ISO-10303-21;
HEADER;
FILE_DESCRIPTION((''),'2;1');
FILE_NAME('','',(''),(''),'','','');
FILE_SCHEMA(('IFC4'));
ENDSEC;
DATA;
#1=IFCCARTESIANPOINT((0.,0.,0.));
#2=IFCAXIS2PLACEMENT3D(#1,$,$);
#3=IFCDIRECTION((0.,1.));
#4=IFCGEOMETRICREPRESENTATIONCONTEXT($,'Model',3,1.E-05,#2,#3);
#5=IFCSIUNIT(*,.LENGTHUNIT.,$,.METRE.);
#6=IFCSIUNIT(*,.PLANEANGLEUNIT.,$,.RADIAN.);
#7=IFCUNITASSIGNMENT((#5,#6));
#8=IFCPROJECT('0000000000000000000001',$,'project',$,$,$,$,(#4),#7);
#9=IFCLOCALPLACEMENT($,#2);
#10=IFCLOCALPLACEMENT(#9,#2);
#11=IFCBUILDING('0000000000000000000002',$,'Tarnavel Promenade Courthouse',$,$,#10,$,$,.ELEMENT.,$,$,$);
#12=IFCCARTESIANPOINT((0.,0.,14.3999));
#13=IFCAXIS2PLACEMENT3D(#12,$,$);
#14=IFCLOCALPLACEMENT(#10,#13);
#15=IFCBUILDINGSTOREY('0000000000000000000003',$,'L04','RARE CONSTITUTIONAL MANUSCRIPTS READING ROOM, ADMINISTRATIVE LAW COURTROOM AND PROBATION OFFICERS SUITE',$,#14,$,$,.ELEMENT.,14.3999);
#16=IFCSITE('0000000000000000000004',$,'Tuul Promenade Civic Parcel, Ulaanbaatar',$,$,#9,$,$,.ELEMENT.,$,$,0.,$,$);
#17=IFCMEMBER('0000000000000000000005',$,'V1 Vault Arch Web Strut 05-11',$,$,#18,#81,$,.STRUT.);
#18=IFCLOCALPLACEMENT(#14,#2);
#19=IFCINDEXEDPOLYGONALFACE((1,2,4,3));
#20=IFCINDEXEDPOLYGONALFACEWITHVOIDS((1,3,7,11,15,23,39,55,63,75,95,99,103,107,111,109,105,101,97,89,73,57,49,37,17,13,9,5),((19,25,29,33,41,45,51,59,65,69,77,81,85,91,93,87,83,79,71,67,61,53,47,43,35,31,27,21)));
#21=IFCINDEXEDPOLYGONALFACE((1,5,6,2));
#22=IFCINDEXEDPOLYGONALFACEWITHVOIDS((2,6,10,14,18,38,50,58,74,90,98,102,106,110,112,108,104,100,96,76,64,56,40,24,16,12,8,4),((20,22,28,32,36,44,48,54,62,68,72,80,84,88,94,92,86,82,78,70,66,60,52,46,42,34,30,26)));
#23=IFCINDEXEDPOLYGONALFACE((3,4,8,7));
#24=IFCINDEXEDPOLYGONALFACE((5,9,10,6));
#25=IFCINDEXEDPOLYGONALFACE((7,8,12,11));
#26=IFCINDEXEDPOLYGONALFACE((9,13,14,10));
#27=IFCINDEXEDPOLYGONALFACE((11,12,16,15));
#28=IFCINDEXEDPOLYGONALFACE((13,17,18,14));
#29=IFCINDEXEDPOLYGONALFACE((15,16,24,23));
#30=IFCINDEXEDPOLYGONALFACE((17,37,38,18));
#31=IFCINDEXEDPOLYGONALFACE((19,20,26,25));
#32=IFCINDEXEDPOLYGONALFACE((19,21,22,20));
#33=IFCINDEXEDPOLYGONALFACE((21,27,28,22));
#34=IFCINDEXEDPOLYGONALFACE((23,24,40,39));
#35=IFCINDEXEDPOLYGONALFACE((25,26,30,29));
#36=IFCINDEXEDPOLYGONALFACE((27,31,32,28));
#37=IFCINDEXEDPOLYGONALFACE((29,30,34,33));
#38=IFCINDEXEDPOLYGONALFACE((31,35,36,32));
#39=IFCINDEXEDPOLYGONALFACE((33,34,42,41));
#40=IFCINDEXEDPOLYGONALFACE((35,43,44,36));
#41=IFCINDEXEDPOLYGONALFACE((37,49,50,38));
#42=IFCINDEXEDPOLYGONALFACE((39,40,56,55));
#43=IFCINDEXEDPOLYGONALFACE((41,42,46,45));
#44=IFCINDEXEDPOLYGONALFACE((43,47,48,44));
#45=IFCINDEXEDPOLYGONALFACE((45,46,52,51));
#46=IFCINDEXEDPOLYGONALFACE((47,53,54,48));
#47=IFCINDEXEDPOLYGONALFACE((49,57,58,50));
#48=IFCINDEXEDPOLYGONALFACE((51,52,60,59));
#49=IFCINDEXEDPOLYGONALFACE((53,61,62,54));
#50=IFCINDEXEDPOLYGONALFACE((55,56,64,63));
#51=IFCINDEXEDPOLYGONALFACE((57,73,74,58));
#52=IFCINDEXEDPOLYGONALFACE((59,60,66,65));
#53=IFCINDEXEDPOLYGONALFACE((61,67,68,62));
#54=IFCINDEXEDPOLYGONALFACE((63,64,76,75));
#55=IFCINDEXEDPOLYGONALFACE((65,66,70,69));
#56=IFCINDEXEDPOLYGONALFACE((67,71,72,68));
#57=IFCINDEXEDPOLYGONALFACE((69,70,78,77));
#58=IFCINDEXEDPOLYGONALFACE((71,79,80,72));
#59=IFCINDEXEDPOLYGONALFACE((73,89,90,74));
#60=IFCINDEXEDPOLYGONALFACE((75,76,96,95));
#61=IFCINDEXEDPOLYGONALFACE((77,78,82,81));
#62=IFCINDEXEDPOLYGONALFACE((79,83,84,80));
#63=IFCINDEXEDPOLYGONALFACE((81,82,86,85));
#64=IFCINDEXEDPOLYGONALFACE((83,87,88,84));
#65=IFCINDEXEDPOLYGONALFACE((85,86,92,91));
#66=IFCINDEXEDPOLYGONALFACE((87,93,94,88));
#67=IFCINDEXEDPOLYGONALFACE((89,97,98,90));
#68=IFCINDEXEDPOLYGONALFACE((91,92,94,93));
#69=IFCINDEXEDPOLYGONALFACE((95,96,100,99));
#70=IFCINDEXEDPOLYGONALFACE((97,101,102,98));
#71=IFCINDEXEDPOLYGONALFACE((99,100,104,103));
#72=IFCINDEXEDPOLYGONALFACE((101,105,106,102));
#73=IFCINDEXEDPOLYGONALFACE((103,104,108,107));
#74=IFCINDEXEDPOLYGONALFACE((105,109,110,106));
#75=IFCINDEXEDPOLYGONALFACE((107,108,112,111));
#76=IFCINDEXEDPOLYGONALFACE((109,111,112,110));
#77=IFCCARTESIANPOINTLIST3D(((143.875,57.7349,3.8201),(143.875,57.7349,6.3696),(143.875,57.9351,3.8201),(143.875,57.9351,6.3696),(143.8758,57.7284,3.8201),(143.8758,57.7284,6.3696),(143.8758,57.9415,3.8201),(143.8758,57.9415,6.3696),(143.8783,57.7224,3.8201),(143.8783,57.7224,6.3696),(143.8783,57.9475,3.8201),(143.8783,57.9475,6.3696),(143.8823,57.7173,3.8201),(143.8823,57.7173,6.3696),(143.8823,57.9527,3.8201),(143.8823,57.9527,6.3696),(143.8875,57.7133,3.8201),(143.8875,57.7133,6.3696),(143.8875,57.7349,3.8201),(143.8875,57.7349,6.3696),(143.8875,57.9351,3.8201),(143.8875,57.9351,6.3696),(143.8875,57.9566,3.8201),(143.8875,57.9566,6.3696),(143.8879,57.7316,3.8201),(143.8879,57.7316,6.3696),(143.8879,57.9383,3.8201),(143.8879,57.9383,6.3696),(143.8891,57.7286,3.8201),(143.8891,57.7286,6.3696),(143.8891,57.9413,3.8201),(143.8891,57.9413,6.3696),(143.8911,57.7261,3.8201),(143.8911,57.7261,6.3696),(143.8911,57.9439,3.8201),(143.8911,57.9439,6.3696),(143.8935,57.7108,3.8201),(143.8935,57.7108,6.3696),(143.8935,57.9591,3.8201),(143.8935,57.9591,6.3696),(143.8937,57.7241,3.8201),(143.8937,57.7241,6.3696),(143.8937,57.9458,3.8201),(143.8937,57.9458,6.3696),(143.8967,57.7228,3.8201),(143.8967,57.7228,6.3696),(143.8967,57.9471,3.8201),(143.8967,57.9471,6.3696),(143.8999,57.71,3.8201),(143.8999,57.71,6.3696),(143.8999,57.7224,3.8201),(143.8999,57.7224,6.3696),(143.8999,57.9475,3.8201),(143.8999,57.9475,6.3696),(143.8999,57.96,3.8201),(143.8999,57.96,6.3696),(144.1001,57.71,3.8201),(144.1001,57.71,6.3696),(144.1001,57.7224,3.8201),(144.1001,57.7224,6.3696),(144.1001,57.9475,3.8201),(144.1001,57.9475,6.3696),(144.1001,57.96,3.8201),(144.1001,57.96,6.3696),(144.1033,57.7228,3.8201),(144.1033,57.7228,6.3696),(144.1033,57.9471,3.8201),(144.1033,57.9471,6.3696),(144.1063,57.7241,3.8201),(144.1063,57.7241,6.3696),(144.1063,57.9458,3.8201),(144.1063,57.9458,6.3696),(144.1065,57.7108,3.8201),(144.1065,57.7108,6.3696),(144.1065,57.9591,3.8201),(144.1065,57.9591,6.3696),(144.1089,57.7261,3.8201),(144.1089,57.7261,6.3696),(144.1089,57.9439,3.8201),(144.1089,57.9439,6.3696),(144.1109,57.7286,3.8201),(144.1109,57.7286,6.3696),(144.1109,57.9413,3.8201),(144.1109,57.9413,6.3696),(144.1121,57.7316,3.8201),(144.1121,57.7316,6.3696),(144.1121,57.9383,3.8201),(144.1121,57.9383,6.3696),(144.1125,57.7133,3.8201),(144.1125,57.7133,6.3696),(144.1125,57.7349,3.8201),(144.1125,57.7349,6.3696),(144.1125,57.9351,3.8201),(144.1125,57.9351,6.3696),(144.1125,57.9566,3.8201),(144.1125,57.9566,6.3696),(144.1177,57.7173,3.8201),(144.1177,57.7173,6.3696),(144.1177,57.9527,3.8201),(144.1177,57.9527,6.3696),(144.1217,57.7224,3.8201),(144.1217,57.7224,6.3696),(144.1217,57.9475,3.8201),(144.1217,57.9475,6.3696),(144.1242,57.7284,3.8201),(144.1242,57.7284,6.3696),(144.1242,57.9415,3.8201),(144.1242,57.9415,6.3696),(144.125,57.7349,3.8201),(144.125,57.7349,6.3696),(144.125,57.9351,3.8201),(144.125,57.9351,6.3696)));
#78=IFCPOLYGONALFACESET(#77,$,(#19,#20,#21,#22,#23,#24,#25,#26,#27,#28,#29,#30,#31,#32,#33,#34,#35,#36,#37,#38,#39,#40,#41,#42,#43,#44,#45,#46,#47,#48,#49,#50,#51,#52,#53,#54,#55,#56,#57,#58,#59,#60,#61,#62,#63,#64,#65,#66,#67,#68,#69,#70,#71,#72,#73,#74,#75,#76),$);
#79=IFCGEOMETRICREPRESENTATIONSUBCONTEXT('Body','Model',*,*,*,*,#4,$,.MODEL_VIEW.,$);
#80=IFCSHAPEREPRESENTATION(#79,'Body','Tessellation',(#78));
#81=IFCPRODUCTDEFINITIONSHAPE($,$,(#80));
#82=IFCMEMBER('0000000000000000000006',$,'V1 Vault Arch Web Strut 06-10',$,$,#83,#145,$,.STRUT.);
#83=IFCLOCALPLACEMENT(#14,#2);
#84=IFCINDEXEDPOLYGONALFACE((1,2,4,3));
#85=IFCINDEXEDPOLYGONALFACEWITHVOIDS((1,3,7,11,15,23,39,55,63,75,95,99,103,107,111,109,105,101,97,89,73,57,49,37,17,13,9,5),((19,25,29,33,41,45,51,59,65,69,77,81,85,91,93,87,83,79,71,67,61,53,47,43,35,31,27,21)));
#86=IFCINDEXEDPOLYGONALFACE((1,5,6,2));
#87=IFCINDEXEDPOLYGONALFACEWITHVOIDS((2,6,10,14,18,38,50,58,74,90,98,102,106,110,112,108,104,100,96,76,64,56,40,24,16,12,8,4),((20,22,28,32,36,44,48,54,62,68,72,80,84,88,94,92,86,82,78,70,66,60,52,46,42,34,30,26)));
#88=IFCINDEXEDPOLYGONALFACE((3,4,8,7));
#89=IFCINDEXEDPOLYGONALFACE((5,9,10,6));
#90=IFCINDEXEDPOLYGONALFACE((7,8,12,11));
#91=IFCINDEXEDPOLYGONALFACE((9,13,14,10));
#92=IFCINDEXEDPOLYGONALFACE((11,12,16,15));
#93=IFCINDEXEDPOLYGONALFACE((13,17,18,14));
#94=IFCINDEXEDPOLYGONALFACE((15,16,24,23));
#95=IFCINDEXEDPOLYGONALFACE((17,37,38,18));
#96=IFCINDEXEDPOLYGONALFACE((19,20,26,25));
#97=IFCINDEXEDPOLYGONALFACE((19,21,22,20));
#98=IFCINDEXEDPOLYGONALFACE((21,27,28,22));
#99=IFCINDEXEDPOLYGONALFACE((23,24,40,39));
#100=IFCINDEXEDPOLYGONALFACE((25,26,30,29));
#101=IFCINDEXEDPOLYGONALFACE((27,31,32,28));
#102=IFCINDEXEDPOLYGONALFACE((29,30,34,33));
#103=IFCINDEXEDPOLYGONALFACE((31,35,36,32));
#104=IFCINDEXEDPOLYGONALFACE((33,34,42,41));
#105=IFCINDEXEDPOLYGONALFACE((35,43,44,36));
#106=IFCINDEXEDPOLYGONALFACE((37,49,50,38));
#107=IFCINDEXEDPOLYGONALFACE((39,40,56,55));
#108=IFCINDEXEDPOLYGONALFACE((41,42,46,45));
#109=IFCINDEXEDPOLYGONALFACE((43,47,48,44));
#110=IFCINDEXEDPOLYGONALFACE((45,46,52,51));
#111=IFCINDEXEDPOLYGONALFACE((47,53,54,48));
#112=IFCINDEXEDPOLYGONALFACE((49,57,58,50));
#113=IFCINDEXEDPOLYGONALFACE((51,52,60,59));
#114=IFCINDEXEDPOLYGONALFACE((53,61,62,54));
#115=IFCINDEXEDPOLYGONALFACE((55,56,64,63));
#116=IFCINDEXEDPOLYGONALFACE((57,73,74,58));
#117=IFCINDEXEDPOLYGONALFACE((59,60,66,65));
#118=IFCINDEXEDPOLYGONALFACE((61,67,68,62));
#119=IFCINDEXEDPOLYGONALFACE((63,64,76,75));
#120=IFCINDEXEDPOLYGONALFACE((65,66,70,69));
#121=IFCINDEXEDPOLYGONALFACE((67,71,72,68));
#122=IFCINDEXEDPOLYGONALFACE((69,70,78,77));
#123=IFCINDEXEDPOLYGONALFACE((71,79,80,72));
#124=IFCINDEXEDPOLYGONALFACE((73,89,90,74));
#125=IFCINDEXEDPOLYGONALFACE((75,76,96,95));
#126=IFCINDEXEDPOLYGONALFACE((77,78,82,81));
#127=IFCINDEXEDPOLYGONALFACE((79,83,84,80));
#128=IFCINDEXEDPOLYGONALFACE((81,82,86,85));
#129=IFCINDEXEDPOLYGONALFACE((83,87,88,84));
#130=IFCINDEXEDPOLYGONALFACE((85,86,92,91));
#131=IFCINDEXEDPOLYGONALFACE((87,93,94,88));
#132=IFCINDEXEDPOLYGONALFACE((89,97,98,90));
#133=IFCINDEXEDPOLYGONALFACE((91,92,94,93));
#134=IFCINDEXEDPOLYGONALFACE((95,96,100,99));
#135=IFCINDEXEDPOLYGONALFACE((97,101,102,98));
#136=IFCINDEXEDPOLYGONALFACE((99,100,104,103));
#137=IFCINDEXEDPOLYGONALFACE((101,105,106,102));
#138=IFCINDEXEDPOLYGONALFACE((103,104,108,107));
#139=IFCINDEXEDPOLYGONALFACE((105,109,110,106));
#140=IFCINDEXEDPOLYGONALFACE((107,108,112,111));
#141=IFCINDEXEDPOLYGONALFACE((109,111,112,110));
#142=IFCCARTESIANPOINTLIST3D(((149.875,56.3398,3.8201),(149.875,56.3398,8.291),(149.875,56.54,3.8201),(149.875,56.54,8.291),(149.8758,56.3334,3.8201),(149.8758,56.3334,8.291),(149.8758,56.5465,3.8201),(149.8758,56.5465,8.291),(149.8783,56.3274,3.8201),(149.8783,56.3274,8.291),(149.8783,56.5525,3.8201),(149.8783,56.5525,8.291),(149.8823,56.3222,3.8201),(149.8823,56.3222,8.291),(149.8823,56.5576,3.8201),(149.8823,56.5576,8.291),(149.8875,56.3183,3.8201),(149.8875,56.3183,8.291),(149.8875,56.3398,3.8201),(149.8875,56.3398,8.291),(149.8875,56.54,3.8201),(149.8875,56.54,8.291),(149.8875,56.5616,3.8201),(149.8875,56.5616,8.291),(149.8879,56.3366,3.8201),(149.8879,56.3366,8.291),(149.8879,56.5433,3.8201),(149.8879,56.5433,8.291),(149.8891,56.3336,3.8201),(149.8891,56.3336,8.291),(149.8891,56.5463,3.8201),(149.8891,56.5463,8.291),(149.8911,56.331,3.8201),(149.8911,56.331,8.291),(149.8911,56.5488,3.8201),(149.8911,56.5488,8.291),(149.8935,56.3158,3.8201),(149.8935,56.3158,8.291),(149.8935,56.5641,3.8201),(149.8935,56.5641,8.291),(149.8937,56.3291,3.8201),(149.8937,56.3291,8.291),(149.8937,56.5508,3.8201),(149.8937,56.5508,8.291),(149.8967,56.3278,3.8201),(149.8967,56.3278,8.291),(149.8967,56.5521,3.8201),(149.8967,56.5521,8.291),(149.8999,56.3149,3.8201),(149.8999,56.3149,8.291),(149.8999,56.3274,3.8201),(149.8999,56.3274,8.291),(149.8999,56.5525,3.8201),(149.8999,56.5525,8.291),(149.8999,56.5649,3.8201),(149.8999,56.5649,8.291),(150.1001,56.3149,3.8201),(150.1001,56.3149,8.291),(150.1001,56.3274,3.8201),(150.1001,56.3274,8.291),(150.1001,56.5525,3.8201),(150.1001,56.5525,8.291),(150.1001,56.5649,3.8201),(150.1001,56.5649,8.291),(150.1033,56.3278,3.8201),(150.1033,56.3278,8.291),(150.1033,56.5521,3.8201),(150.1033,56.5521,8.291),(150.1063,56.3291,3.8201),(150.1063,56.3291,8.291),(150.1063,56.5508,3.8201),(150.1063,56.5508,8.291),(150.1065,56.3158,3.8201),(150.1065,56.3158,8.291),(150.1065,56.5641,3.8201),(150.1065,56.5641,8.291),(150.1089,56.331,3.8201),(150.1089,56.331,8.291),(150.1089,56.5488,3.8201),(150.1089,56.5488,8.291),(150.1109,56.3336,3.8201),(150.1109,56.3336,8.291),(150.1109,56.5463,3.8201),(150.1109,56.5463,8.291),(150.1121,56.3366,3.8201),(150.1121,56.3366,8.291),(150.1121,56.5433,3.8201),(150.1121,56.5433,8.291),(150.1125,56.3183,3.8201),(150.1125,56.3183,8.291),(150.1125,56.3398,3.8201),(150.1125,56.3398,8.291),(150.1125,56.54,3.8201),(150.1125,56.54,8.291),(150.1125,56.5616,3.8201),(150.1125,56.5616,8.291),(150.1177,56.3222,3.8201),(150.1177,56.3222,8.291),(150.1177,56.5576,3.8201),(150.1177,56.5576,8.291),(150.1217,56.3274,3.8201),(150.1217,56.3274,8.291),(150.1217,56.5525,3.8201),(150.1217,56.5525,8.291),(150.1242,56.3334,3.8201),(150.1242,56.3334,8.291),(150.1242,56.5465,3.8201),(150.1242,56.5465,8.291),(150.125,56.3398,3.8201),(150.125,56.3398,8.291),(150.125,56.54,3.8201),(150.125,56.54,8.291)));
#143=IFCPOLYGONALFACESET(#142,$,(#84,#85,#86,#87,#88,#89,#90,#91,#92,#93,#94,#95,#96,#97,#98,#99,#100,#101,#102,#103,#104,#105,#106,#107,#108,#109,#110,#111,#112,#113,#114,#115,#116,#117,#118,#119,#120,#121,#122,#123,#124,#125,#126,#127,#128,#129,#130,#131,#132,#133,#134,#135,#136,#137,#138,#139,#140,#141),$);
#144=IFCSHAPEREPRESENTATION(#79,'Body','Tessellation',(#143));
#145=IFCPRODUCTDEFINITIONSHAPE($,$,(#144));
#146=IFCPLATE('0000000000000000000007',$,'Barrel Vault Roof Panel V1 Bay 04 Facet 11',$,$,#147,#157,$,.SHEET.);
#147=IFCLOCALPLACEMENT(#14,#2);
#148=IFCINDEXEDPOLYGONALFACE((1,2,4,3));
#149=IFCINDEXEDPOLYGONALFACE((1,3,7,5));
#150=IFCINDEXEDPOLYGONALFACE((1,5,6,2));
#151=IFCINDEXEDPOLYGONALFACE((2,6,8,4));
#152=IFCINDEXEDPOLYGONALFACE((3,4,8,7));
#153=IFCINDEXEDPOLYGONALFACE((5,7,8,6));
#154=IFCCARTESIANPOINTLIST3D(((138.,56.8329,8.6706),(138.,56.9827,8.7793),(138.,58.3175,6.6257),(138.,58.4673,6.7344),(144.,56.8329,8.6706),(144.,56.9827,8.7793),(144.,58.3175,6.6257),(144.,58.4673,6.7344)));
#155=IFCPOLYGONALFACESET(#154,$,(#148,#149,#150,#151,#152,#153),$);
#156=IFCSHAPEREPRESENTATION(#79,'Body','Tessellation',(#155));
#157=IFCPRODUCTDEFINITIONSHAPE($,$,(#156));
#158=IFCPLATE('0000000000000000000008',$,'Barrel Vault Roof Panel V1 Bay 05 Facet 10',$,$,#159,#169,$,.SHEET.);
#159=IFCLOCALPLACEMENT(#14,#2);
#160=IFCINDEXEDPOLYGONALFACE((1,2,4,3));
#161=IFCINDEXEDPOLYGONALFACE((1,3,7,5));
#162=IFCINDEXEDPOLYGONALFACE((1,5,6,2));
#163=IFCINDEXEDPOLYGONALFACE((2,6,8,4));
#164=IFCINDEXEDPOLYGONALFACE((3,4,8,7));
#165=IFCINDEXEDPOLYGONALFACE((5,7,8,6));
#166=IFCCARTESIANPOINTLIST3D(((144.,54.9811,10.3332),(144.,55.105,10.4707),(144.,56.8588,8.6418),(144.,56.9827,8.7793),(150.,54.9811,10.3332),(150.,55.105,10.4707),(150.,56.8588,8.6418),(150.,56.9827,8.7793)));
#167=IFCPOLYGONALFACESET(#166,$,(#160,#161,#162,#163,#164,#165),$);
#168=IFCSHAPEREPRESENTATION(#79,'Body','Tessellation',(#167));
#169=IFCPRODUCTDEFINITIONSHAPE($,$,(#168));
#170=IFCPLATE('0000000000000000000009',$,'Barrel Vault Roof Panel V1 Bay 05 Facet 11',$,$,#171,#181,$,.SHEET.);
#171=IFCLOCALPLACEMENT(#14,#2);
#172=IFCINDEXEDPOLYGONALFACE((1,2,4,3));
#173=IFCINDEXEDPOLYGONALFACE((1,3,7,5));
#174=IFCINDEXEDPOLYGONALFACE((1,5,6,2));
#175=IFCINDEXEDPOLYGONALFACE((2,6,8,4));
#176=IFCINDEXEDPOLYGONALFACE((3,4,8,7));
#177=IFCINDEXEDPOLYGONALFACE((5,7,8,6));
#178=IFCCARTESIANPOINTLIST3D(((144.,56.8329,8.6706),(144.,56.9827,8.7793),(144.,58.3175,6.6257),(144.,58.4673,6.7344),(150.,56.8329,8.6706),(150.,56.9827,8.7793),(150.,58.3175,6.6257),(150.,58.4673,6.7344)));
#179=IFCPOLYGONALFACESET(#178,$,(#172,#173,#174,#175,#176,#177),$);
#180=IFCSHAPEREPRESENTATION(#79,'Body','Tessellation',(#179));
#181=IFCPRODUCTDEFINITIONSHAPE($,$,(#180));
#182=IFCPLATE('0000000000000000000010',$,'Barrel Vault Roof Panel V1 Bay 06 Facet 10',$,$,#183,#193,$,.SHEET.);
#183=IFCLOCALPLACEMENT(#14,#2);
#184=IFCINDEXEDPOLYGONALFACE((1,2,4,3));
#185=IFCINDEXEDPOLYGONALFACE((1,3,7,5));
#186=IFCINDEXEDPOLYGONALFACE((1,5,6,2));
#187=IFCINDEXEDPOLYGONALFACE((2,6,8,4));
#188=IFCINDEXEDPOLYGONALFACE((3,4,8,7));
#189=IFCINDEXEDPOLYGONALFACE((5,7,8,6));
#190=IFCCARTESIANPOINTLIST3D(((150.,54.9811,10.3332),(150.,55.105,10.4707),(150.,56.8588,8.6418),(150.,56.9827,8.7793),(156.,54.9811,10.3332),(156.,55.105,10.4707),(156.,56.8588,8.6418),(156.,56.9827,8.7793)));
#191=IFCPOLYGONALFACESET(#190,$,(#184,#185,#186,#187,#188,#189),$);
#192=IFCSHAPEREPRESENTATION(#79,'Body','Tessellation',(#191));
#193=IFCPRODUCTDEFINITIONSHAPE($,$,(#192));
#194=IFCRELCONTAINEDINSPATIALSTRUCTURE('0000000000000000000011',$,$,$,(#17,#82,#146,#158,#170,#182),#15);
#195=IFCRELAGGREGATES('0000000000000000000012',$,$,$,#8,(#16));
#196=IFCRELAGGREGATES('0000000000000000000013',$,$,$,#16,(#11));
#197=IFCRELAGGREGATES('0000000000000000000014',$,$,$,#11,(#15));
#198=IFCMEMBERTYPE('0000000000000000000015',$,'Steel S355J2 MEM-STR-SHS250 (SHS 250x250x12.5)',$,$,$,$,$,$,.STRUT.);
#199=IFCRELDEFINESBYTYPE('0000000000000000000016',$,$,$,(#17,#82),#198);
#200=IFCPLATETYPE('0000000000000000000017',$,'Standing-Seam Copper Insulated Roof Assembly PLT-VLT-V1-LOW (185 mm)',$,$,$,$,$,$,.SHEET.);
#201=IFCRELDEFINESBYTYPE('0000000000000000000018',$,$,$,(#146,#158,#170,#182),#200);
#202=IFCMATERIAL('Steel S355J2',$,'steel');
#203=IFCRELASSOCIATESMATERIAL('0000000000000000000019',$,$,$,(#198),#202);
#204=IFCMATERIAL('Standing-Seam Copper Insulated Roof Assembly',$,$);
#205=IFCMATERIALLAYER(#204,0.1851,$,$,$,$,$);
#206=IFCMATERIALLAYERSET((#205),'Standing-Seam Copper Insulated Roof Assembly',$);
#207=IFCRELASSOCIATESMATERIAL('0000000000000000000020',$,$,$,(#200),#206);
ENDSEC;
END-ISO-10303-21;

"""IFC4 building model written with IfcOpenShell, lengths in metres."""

from ifc_helpers import new_model, si_unit, direction, frame, origin, origin_2d, place, context, subcontext, project, spatial, polyline, hollow_rectangle, outline, extrude, material, layer, layer_set, material_profile, profile_set, type_object, element, save


model = new_model("IFC4")

# Units and contexts
model_context = context("Model", 3, precision=1e-05, world=origin(), true_north=direction((0.0, 1.0)))
body_context = subcontext(model_context, "Body", "Model", "MODEL_VIEW")
ifc_project = project(units=[si_unit("LENGTHUNIT", "METRE"), si_unit("PLANEANGLEUNIT", "RADIAN")], contexts=[model_context])

# Site, building, storey
site_placement = place(None, origin())
site = spatial("IfcSite", under=ifc_project, at=site_placement, Name="Tuul Promenade Civic Parcel, Ulaanbaatar", CompositionType="ELEMENT", RefElevation=0.0)
building_placement = place(site_placement, origin())
building = spatial("IfcBuilding", under=site, at=building_placement, Name="Tarnavel Promenade Courthouse", CompositionType="ELEMENT")
storey_placement = place(building_placement, frame((0.0, 0.0, 14.3999)))
storey = spatial("IfcBuildingStorey", under=building, at=storey_placement, Name="L04", Description="RARE CONSTITUTIONAL MANUSCRIPTS READING ROOM, ADMINISTRATIVE LAW COURTROOM AND PROBATION OFFICERS SUITE", CompositionType="ELEMENT", Elevation=14.3999)

# Shared definitions
ifc_material_1 = material(Name="Steel S355J2", Category="steel")

# Members
ifc_material_profile_1 = material_profile(ifc_material_1, hollow_rectangle(XDim=0.25, YDim=0.25, WallThickness=0.0125, InnerFilletRadius=0.0125, OuterFilletRadius=0.0249, at=origin_2d()), Name="SHS 250x250x12.5")
ifc_profile_set_1 = profile_set([ifc_material_profile_1], Name="Steel S355J2")
member_type_1 = type_object("IfcMemberType", Name="Steel S355J2 MEM-STR-SHS250 (SHS 250x250x12.5)", PredefinedType="STRUT", material=ifc_profile_set_1)
member_1_placement = place(storey_placement, frame((144.0, 57.835, 3.8201), z_axis=(0.0, 0.0, 1.0), x_axis=(1.0, 0.0, 0.0)))
element("IfcMember", 1, at=member_1_placement, inside=storey, type_object=member_type_1, Name="V1 Vault Arch Web Strut 05-11", PredefinedType="STRUT", context=body_context, shape_type="SweptSolid", body=[
    extrude(hollow_rectangle(XDim=0.25, YDim=0.25, WallThickness=0.0125, InnerFilletRadius=0.0125, OuterFilletRadius=0.0249, at=origin_2d()), origin(), (0.0, 0.0, 1.0), 2.5496),
])
member_2_placement = place(storey_placement, frame((150.0, 56.4399, 3.8201), z_axis=(0.0, 0.0, 1.0), x_axis=(1.0, 0.0, 0.0)))
element("IfcMember", 2, at=member_2_placement, inside=storey, type_object=member_type_1, Name="V1 Vault Arch Web Strut 06-10", PredefinedType="STRUT", context=body_context, shape_type="SweptSolid", body=[
    extrude(hollow_rectangle(XDim=0.25, YDim=0.25, WallThickness=0.0125, InnerFilletRadius=0.0125, OuterFilletRadius=0.0249, at=origin_2d()), origin(), (0.0, 0.0, 1.0), 4.4709),
])

# Plates
ifc_material_2 = material(Name="Standing-Seam Copper Insulated Roof Assembly")
ifc_layer = layer(ifc_material_2, 0.1851)
ifc_layer_set = layer_set([ifc_layer], Name="Standing-Seam Copper Insulated Roof Assembly")
plate_type = type_object("IfcPlateType", Name="Standing-Seam Copper Insulated Roof Assembly PLT-VLT-V1-LOW (185 mm)", PredefinedType="SHEET", material=ifc_layer_set)
plate_1_placement = place(storey_placement, frame((138.0, 56.9827, 8.7793), z_axis=(0.0, 0.809225, 0.587499), x_axis=(1.0, 0.0, 0.0)))
element("IfcPlate", 3, at=plate_1_placement, inside=storey, type_object=plate_type, Name="Barrel Vault Roof Panel V1 Bay 04 Facet 11", PredefinedType="SHEET", context=body_context, shape_type="SweptSolid", body=[
    extrude(outline(polyline([(0.0, 0.0), (6.0, 0.0), (6.0, 2.527), (0.0, 2.527), (0.0, 0.0)])), origin(), (0.0, 0.0, -1.0), 0.1851),
])
plate_2_placement = place(storey_placement, frame((144.0, 55.105, 10.4707), z_axis=(0.0, 0.66929, 0.743001), x_axis=(1.0, 0.0, 0.0)))
element("IfcPlate", 4, at=plate_2_placement, inside=storey, type_object=plate_type, Name="Barrel Vault Roof Panel V1 Bay 05 Facet 10", PredefinedType="SHEET", context=body_context, shape_type="SweptSolid", body=[
    extrude(outline(polyline([(0.0, 0.0), (6.0, 0.0), (6.0, 2.5272), (0.0, 2.5272), (0.0, 0.0)])), origin(), (0.0, 0.0, -1.0), 0.1851),
])
plate_3_placement = place(storey_placement, frame((144.0, 56.9827, 8.7793), z_axis=(0.0, 0.809225, 0.587499), x_axis=(1.0, 0.0, 0.0)))
element("IfcPlate", 5, at=plate_3_placement, inside=storey, type_object=plate_type, Name="Barrel Vault Roof Panel V1 Bay 05 Facet 11", PredefinedType="SHEET", context=body_context, shape_type="SweptSolid", body=[
    extrude(outline(polyline([(0.0, 0.0), (6.0, 0.0), (6.0, 2.527), (0.0, 2.527), (0.0, 0.0)])), origin(), (0.0, 0.0, -1.0), 0.1851),
])
plate_4_placement = place(storey_placement, frame((150.0, 55.105, 10.4707), z_axis=(0.0, 0.66929, 0.743001), x_axis=(1.0, 0.0, 0.0)))
element("IfcPlate", 6, at=plate_4_placement, inside=storey, type_object=plate_type, Name="Barrel Vault Roof Panel V1 Bay 06 Facet 10", PredefinedType="SHEET", context=body_context, shape_type="SweptSolid", body=[
    extrude(outline(polyline([(0.0, 0.0), (6.0, 0.0), (6.0, 2.5272), (0.0, 2.5272), (0.0, 0.0)])), origin(), (0.0, 0.0, -1.0), 0.1851),
])

save(model, "model.ifc")
